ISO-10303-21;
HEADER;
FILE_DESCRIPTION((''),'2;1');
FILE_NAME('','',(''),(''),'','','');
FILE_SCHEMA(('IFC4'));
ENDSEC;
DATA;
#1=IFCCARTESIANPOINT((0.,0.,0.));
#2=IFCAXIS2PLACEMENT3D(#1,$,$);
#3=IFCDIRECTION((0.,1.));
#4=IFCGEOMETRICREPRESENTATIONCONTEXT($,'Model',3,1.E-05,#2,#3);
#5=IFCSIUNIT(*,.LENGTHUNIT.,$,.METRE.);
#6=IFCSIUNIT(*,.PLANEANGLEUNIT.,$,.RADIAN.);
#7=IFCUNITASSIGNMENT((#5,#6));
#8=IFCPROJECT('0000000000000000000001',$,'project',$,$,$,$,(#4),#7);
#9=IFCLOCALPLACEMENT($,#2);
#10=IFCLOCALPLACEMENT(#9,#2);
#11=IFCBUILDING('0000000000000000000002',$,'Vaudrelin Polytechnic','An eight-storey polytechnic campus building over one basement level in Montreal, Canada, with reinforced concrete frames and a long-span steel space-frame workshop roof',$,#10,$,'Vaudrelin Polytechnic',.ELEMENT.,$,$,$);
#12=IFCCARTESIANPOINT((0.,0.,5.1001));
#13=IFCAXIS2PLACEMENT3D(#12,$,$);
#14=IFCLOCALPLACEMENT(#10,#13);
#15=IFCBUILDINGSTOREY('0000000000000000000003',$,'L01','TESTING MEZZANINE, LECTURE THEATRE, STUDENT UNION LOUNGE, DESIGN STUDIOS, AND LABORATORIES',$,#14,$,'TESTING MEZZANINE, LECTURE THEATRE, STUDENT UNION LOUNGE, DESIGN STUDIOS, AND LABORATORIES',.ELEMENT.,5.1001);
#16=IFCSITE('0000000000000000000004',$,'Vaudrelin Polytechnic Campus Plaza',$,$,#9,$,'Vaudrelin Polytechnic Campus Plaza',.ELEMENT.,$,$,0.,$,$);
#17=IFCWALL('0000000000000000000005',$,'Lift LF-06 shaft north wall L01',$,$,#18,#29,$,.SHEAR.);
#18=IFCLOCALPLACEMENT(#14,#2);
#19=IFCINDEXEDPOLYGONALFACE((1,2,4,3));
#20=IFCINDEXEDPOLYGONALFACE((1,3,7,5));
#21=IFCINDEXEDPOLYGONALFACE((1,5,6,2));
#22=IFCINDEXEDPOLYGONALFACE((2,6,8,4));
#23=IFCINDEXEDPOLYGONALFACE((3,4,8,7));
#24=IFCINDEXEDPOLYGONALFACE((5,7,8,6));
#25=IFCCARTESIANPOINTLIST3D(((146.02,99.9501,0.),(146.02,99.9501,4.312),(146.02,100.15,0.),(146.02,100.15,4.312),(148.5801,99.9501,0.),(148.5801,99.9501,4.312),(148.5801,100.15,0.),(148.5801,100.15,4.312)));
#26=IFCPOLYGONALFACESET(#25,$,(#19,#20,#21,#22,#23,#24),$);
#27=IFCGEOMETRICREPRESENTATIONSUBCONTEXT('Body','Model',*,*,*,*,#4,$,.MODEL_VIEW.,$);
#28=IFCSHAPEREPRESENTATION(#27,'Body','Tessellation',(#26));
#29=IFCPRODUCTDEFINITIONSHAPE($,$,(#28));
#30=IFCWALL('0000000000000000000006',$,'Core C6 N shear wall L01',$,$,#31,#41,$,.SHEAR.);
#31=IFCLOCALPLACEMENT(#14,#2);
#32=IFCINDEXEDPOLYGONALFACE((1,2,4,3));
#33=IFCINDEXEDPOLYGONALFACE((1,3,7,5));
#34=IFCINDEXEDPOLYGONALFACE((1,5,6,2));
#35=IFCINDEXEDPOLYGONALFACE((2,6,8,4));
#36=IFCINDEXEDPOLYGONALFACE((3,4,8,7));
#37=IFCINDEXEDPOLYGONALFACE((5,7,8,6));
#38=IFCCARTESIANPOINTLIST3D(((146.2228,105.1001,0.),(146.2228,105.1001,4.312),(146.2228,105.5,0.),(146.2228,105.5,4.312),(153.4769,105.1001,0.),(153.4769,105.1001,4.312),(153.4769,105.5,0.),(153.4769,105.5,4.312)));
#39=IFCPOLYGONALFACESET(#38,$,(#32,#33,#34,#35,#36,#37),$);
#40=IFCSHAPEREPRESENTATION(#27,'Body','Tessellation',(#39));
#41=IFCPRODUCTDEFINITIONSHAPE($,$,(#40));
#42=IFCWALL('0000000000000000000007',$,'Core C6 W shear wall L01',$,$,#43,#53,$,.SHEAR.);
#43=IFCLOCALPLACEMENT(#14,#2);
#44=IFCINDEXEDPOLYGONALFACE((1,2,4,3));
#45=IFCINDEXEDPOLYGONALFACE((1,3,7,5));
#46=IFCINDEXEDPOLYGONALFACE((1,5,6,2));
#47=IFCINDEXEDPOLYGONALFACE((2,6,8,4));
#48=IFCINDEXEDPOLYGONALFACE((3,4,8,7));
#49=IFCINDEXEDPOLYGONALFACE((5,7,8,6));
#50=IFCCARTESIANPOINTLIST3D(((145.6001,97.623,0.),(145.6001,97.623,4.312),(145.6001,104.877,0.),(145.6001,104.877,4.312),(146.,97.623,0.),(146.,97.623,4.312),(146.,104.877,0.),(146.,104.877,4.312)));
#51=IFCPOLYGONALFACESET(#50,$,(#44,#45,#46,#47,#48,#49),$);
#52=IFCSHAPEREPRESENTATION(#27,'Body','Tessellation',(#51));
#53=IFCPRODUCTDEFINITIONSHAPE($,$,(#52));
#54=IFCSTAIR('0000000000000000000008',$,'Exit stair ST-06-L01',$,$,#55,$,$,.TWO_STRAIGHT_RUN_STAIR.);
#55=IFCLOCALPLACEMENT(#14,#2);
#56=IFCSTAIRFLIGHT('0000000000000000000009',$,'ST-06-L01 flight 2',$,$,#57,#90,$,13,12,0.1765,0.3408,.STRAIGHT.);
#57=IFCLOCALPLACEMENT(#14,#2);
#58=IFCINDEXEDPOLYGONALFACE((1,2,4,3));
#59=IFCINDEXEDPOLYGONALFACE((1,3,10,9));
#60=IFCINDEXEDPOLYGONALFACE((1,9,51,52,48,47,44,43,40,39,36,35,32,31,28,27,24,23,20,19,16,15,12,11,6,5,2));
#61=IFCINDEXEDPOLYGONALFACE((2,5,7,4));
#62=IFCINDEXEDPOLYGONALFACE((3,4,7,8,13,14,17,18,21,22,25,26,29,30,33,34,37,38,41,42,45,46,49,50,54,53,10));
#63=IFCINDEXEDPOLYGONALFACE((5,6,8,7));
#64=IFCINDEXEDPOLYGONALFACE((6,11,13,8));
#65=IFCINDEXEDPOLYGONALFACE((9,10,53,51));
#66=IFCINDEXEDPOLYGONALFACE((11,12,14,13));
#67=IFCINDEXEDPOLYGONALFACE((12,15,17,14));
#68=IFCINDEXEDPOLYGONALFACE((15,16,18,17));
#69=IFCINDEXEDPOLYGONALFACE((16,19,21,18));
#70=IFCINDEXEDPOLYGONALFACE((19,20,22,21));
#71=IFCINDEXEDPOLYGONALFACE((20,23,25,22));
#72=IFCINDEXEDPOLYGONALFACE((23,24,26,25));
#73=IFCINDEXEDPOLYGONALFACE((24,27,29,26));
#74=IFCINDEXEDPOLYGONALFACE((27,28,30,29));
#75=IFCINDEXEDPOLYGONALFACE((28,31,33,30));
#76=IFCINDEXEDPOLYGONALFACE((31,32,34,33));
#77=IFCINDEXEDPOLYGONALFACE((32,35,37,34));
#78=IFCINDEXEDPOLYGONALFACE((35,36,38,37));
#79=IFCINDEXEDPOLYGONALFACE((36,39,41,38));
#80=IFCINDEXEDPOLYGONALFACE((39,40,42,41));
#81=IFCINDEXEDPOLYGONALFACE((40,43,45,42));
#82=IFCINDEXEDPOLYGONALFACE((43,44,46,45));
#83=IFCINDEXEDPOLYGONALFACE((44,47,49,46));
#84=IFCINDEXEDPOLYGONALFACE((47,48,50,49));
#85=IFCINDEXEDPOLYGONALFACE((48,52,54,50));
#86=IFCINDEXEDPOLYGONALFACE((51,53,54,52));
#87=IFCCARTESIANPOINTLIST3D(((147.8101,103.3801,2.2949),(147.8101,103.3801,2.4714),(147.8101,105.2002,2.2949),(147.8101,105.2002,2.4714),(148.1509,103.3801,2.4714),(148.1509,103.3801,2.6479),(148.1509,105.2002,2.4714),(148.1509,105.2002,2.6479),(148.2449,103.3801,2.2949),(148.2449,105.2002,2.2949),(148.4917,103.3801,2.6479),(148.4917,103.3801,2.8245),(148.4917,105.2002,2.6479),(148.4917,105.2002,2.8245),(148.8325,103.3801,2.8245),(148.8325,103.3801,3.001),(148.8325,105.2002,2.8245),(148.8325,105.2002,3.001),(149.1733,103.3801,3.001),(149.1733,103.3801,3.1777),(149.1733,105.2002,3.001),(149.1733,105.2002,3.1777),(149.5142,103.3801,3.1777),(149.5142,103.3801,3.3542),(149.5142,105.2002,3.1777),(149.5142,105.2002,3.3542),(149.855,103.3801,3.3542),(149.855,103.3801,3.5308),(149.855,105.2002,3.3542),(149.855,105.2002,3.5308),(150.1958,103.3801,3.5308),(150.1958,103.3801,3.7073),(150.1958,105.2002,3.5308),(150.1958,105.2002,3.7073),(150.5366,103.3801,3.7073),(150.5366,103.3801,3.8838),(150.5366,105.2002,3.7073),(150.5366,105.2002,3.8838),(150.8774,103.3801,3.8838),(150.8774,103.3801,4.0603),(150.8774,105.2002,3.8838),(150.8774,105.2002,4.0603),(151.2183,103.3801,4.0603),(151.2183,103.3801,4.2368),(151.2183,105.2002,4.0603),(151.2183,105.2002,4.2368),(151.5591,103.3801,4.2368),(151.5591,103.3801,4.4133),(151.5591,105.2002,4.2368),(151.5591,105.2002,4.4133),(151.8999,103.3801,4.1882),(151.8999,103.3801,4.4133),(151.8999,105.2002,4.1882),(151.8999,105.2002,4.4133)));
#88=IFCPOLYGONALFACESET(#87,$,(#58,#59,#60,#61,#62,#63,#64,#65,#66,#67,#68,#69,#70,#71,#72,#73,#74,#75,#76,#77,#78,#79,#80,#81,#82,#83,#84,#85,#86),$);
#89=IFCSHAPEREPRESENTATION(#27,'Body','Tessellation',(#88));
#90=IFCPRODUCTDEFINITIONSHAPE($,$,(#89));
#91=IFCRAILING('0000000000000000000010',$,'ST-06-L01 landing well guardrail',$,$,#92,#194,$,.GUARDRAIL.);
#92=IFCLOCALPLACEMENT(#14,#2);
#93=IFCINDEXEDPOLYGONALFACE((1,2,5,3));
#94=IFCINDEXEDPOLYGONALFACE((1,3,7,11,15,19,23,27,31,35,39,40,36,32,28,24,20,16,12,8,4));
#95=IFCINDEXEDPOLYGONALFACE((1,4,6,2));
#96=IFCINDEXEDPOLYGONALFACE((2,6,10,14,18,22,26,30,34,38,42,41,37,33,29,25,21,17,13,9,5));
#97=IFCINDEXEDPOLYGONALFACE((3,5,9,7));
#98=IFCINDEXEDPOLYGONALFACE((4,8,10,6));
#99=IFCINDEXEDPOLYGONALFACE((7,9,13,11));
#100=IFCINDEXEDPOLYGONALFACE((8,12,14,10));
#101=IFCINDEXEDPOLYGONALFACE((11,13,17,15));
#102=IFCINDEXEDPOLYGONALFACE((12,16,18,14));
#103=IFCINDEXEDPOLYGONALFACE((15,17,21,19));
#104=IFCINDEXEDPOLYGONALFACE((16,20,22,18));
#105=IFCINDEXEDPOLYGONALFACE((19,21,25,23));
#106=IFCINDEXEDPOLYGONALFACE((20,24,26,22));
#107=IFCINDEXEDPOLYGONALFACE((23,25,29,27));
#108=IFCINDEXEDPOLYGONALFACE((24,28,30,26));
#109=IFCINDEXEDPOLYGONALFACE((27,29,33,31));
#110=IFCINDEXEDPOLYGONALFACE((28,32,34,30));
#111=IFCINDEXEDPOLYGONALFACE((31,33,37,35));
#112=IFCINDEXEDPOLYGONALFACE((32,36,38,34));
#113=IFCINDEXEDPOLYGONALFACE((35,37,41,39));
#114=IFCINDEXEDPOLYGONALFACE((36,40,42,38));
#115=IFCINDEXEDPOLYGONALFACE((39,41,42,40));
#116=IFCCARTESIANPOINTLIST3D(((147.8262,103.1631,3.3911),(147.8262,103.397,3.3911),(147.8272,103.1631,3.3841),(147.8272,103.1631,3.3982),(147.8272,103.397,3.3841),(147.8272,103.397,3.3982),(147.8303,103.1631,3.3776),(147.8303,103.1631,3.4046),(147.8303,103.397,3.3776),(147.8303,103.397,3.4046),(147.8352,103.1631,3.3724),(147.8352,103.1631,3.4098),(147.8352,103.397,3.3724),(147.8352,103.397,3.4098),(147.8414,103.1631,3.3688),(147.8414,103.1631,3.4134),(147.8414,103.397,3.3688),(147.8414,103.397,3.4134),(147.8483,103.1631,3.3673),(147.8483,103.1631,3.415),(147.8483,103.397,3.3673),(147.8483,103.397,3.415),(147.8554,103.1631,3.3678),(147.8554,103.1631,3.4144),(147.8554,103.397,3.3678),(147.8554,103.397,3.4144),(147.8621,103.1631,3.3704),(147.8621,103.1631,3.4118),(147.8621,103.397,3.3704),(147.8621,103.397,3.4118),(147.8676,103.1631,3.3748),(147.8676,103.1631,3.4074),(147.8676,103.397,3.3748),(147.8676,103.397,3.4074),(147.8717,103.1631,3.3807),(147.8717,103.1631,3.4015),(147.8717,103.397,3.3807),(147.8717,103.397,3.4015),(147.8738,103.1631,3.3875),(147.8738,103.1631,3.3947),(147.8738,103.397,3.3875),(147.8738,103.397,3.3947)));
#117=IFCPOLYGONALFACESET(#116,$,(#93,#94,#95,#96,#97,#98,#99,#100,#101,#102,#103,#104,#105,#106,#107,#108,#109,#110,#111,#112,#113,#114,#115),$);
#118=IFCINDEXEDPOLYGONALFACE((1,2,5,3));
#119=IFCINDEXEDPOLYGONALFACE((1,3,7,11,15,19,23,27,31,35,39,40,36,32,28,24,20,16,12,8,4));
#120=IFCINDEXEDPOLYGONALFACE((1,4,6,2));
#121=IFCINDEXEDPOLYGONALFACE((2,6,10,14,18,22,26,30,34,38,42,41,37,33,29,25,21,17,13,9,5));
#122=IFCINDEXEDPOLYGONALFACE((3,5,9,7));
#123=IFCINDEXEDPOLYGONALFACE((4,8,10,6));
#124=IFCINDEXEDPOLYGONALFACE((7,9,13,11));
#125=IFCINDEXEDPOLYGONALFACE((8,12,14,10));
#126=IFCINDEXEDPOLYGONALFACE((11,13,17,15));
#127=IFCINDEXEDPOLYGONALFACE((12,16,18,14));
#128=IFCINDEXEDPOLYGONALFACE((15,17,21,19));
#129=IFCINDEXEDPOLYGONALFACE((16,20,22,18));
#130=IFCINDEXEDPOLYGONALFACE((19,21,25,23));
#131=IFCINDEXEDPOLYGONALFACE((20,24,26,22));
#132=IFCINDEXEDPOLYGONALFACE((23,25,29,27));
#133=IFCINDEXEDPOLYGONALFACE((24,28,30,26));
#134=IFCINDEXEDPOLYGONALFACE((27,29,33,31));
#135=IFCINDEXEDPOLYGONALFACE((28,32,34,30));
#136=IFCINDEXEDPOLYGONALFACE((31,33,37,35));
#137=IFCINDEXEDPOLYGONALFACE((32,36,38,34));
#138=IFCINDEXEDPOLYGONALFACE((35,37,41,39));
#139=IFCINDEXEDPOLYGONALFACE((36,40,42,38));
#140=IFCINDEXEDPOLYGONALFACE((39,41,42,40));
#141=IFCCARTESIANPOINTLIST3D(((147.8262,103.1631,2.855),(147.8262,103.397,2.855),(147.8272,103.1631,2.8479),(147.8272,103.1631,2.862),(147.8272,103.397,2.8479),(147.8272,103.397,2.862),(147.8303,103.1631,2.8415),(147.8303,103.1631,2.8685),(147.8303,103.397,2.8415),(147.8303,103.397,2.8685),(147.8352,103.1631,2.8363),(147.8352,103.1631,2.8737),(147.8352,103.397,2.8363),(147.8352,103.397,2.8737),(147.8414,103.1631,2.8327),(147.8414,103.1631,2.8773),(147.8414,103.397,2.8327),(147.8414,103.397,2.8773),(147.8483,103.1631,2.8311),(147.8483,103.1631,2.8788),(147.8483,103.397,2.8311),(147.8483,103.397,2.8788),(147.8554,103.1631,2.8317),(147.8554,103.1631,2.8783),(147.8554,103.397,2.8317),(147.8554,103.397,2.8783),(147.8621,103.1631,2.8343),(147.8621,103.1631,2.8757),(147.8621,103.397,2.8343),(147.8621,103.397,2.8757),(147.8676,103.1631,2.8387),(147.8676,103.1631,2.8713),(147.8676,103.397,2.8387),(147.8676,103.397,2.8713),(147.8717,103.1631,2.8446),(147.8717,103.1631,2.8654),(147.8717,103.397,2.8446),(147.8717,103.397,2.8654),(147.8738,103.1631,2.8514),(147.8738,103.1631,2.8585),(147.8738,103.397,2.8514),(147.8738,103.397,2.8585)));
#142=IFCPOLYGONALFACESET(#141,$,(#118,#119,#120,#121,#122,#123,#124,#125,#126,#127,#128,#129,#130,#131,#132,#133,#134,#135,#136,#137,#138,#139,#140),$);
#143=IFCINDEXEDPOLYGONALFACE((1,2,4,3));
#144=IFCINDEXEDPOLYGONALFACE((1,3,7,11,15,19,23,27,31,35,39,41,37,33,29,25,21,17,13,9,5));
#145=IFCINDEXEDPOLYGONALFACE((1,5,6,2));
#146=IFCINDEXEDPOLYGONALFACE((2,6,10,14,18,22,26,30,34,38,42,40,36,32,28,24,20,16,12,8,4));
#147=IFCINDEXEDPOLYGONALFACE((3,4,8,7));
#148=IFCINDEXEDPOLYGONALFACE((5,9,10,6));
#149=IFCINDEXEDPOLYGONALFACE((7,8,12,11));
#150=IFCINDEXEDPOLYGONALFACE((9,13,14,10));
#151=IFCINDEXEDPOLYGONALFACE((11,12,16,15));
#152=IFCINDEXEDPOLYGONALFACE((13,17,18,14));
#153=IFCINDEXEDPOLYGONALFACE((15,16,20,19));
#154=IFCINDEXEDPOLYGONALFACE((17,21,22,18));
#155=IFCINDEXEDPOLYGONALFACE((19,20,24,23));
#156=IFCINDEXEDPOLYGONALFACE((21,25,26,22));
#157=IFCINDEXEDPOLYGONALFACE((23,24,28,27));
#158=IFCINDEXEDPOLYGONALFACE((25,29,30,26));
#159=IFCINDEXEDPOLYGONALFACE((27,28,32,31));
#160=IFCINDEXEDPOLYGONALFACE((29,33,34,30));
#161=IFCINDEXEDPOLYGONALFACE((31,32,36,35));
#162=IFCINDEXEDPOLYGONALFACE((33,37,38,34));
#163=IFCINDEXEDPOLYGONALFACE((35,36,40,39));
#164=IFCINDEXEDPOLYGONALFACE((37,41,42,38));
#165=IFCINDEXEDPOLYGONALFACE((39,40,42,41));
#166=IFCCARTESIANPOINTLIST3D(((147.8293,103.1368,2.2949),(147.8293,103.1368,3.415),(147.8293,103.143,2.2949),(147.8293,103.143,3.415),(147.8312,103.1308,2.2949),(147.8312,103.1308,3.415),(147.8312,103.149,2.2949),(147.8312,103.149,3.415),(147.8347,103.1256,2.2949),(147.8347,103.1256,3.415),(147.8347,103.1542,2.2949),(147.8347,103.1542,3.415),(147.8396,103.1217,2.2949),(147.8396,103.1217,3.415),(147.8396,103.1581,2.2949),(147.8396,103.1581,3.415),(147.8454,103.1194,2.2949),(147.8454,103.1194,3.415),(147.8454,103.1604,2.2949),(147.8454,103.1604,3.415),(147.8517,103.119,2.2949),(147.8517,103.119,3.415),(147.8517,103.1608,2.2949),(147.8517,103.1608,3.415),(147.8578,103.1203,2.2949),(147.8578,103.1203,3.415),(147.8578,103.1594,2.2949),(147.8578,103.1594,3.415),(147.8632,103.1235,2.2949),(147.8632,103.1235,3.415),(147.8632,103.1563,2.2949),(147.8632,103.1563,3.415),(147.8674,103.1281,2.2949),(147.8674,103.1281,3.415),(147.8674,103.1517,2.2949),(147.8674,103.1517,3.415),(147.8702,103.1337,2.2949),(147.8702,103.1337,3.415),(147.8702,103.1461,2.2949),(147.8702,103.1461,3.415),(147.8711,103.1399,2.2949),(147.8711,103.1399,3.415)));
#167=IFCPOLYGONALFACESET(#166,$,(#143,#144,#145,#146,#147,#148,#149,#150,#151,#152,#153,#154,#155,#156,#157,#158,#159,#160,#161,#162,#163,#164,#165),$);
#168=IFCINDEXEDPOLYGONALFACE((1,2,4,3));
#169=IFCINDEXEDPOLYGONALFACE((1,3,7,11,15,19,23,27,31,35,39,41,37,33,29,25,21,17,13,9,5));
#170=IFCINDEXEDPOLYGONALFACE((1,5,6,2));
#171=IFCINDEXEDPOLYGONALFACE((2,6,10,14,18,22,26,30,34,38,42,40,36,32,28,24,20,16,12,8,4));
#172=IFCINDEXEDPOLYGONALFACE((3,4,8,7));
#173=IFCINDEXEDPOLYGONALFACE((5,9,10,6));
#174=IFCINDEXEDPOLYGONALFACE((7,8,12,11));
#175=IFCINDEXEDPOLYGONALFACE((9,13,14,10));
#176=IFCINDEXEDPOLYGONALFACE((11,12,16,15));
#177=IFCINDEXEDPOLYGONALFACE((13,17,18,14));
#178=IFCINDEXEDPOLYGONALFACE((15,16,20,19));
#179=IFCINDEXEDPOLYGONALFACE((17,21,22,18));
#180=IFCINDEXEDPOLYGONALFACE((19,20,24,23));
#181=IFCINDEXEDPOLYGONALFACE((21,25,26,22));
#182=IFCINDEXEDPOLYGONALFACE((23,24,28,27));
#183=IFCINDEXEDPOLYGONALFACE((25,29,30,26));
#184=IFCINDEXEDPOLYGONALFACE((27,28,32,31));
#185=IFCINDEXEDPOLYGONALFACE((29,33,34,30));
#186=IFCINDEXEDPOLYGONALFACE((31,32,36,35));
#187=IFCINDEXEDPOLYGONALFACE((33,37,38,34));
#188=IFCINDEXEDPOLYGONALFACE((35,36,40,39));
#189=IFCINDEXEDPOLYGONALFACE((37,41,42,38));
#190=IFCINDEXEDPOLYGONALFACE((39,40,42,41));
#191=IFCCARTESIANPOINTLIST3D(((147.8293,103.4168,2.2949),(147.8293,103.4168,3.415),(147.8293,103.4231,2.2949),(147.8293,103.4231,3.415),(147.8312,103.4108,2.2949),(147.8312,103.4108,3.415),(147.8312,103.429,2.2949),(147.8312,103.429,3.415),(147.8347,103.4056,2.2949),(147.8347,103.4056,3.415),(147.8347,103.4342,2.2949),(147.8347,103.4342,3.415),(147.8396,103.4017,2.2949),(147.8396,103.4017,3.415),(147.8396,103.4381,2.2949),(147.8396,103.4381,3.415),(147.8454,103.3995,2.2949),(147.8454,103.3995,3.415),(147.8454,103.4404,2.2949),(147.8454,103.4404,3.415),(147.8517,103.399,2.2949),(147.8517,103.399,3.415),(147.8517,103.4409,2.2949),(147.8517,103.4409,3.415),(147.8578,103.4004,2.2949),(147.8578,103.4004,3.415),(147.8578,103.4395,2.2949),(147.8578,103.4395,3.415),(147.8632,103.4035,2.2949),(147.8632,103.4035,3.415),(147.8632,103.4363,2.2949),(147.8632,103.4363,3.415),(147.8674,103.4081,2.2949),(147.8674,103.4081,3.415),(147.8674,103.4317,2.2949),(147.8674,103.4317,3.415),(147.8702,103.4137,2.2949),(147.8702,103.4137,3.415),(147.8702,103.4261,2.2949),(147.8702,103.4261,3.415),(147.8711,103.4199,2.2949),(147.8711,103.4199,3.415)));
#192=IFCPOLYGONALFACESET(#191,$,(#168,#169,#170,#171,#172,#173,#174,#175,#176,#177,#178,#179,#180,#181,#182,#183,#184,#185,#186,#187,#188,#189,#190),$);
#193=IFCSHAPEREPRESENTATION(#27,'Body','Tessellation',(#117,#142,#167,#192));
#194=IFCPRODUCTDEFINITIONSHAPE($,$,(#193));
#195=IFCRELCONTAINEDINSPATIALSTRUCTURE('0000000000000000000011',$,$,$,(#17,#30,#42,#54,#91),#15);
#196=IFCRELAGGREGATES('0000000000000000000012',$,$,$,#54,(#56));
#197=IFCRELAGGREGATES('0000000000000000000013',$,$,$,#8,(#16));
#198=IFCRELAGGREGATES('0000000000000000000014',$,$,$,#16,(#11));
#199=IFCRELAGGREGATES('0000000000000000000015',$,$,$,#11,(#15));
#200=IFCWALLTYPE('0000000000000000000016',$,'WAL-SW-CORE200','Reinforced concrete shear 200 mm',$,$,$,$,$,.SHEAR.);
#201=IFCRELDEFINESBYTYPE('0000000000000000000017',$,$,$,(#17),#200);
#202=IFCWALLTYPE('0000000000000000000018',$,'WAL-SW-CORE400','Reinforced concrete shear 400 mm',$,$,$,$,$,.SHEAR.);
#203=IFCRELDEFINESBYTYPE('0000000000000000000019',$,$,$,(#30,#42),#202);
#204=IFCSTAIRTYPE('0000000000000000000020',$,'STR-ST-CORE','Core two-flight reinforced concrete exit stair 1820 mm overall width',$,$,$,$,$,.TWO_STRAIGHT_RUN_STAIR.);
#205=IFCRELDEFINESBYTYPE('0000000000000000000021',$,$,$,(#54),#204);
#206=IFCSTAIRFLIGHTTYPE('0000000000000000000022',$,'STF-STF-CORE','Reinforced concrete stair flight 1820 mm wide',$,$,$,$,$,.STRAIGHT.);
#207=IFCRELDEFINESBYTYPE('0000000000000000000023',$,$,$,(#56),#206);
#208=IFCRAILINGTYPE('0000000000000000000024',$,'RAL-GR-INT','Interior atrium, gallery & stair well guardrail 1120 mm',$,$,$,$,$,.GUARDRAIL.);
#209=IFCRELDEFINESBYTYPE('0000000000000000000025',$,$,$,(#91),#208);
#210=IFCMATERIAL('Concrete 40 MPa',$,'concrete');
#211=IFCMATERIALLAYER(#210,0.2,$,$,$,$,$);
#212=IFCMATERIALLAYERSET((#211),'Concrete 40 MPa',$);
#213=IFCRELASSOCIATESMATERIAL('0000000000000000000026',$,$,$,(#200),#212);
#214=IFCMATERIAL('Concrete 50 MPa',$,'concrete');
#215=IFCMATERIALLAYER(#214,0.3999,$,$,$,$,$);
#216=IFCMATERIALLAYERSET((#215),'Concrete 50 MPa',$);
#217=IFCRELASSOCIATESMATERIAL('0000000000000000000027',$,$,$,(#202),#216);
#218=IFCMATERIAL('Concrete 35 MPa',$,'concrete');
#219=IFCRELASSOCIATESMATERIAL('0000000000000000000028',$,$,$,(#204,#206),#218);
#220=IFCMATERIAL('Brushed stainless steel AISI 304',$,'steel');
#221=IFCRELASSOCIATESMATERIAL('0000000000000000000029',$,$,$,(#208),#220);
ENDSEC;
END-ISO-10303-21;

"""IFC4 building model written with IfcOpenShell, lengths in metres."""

from ifc_helpers import new_model, si_unit, direction, frame, frame_2d, origin, origin_2d, place, context, subcontext, project, spatial, polyline, rectangle, circle, outline, extrude, material, layer, layer_set, type_object, element, aggregate, save


model = new_model("IFC4")

# Units and contexts
model_context = context("Model", 3, precision=1e-05, world=origin(), true_north=direction((0.0, 1.0)))
body_context = subcontext(model_context, "Body", "Model", "MODEL_VIEW")
ifc_project = project(units=[si_unit("LENGTHUNIT", "METRE"), si_unit("PLANEANGLEUNIT", "RADIAN")], contexts=[model_context])

# Site, building, storey
site_placement = place(None, origin())
site = spatial("IfcSite", under=ifc_project, at=site_placement, Name="Vaudrelin Polytechnic Campus Plaza", LongName="Vaudrelin Polytechnic Campus Plaza", CompositionType="ELEMENT", RefElevation=0.0)
building_placement = place(site_placement, origin())
building = spatial("IfcBuilding", under=site, at=building_placement, Name="Vaudrelin Polytechnic", Description="An eight-storey polytechnic campus building over one basement level in Montreal, Canada, with reinforced concrete frames and a long-span steel space-frame workshop roof", LongName="Vaudrelin Polytechnic", CompositionType="ELEMENT")
storey_placement = place(building_placement, frame((0.0, 0.0, 5.1001)))
storey = spatial("IfcBuildingStorey", under=building, at=storey_placement, Name="L01", Description="TESTING MEZZANINE, LECTURE THEATRE, STUDENT UNION LOUNGE, DESIGN STUDIOS, AND LABORATORIES", LongName="TESTING MEZZANINE, LECTURE THEATRE, STUDENT UNION LOUNGE, DESIGN STUDIOS, AND LABORATORIES", CompositionType="ELEMENT", Elevation=5.1001)

# Shared definitions
ifc_material_1 = material(Name="Concrete 50 MPa", Category="concrete")

# Shared definitions
ifc_material_2 = material(Name="Concrete 40 MPa", Category="concrete")

# Shared definitions
ifc_layer_1 = layer(ifc_material_2, 0.2)
ifc_layer_set_1 = layer_set([ifc_layer_1], Name="Concrete 40 MPa")
wall_type_1 = type_object("IfcWallType", Name="WAL-SW-CORE200", Description="Reinforced concrete shear 200 mm", PredefinedType="SHEAR", material=ifc_layer_set_1)
ifc_material_3 = material(Name="Brushed stainless steel AISI 304", Category="steel")

# Walls
wall_1_placement = place(storey_placement, frame((146.02, 100.05, 0.0), z_axis=(0.0, 0.0, 1.0), x_axis=(1.0, 0.0, 0.0)))
element("IfcWall", 1, at=wall_1_placement, inside=storey, type_object=wall_type_1, Name="Lift LF-06 shaft north wall L01", PredefinedType="SHEAR", context=body_context, shape_type="SweptSolid", body=[
    extrude(rectangle(XDim=2.5601, YDim=0.2, at=frame_2d((1.28, 0.0))), origin(), (0.0, 0.0, 1.0), 4.312),
])
ifc_layer_2 = layer(ifc_material_1, 0.3999)
ifc_layer_set_2 = layer_set([ifc_layer_2], Name="Concrete 50 MPa")
wall_type_2 = type_object("IfcWallType", Name="WAL-SW-CORE400", Description="Reinforced concrete shear 400 mm", PredefinedType="SHEAR", material=ifc_layer_set_2)
wall_2_placement = place(storey_placement, frame((146.2229, 105.3, 0.0), z_axis=(0.0, 0.0, 1.0), x_axis=(1.0, 0.0, 0.0)))
element("IfcWall", 2, at=wall_2_placement, inside=storey, type_object=wall_type_2, Name="Core C6 N shear wall L01", PredefinedType="SHEAR", context=body_context, shape_type="SweptSolid", body=[
    extrude(rectangle(XDim=7.2542, YDim=0.3999, at=frame_2d((3.627, 0.0))), origin(), (0.0, 0.0, 1.0), 4.312),
])
wall_3_placement = place(storey_placement, frame((145.8, 97.623, 0.0), z_axis=(0.0, 0.0, 1.0), x_axis=(0.0, 1.0, 0.0)))
element("IfcWall", 3, at=wall_3_placement, inside=storey, type_object=wall_type_2, Name="Core C6 W shear wall L01", PredefinedType="SHEAR", context=body_context, shape_type="SweptSolid", body=[
    extrude(rectangle(XDim=7.2539, YDim=0.3999, at=frame_2d((3.627, 0.0))), origin(), (0.0, 0.0, 1.0), 4.312),
])

# Stair, stair flight
ifc_material_4 = material(Name="Concrete 35 MPa", Category="concrete")
stair_type = type_object("IfcStairType", Name="STR-ST-CORE", Description="Core two-flight reinforced concrete exit stair 1820 mm overall width", PredefinedType="TWO_STRAIGHT_RUN_STAIR", material=ifc_material_4)
stair_placement = place(storey_placement, origin())
stair = element("IfcStair", 4, at=stair_placement, inside=storey, type_object=stair_type, Name="Exit stair ST-06-L01", PredefinedType="TWO_STRAIGHT_RUN_STAIR")
stair_flight_type = type_object("IfcStairFlightType", Name="STF-STF-CORE", Description="Reinforced concrete stair flight 1820 mm wide", PredefinedType="STRAIGHT", material=ifc_material_4)
stair_flight_placement = place(storey_placement, frame((147.8101, 104.29, 2.2949), z_axis=(0.0, 0.0, 1.0), x_axis=(1.0, 0.0, 0.0)))
stair_flight = element("IfcStairFlight", 5, at=stair_flight_placement, type_object=stair_flight_type, Name="ST-06-L01 flight 2", NumberOfRisers=13, NumberOfTreads=12, PredefinedType="STRAIGHT", RiserHeight=0.1765, TreadLength=0.3408, context=body_context, shape_type="SweptSolid", body=[
    extrude(outline(polyline([(0.0, 0.0), (0.0, 0.1765), (0.3408, 0.1765), (0.3408, 0.353), (0.6816, 0.353), (0.6816, 0.5295), (1.0225, 0.5295), (1.0225, 0.7061), (1.3633, 0.7061), (1.3633, 0.8828), (1.7041, 0.8828), (1.7041, 1.0593), (2.0449, 1.0593), (2.0449, 1.2358), (2.3857, 1.2358), (2.3857, 1.4124), (2.7266, 1.4124), (2.7266, 1.5889), (3.0674, 1.5889), (3.0674, 1.7654), (3.4082, 1.7654), (3.4082, 1.9419), (3.749, 1.9419), (3.749, 2.1184), (4.0898, 2.1184), (4.0898, 2.2949), (4.0898, 1.8933), (0.4348, 0.0), (0.0, 0.0)])), frame((0.0, 0.9102, 0.0), z_axis=(0.0, -1.0, 0.0), x_axis=(1.0, 0.0, 0.0)), (0.0, 0.0, 1.0), 1.8201),
])
aggregate(stair, [stair_flight])

# Railing
railing_type_1 = type_object("IfcRailingType", Name="RAL-GR-INT", Description="Interior atrium, gallery & stair well guardrail 1120 mm", PredefinedType="GUARDRAIL", material=ifc_material_3)
railing_1_placement = place(storey_placement, frame((147.8501, 103.1399, 2.2949)))
element("IfcRailing", 6, at=railing_1_placement, inside=storey, type_object=railing_type_1, Name="ST-06-L01 landing well guardrail", PredefinedType="GUARDRAIL", context=body_context, shape_type="SweptSolid", body=[
    extrude(circle(Radius=0.0239, at=origin_2d()), frame((0.0, 0.0232, 1.0962), z_axis=(0.0, 1.0, 0.0), x_axis=(-1.0, 0.0, 0.0)), (0.0, 0.0, 1.0), 0.2339),
    extrude(circle(Radius=0.0239, at=origin_2d()), frame((0.0, 0.0232, 0.5601), z_axis=(0.0, 1.0, 0.0), x_axis=(-1.0, 0.0, 0.0)), (0.0, 0.0, 1.0), 0.2339),
    extrude(circle(Radius=0.021, at=origin_2d()), origin(), (0.0, 0.0, 1.0), 1.1201),
    extrude(circle(Radius=0.021, at=origin_2d()), frame((0.0, 0.28, 0.0)), (0.0, 0.0, 1.0), 1.1201),
])

save(model, "model.ifc")
